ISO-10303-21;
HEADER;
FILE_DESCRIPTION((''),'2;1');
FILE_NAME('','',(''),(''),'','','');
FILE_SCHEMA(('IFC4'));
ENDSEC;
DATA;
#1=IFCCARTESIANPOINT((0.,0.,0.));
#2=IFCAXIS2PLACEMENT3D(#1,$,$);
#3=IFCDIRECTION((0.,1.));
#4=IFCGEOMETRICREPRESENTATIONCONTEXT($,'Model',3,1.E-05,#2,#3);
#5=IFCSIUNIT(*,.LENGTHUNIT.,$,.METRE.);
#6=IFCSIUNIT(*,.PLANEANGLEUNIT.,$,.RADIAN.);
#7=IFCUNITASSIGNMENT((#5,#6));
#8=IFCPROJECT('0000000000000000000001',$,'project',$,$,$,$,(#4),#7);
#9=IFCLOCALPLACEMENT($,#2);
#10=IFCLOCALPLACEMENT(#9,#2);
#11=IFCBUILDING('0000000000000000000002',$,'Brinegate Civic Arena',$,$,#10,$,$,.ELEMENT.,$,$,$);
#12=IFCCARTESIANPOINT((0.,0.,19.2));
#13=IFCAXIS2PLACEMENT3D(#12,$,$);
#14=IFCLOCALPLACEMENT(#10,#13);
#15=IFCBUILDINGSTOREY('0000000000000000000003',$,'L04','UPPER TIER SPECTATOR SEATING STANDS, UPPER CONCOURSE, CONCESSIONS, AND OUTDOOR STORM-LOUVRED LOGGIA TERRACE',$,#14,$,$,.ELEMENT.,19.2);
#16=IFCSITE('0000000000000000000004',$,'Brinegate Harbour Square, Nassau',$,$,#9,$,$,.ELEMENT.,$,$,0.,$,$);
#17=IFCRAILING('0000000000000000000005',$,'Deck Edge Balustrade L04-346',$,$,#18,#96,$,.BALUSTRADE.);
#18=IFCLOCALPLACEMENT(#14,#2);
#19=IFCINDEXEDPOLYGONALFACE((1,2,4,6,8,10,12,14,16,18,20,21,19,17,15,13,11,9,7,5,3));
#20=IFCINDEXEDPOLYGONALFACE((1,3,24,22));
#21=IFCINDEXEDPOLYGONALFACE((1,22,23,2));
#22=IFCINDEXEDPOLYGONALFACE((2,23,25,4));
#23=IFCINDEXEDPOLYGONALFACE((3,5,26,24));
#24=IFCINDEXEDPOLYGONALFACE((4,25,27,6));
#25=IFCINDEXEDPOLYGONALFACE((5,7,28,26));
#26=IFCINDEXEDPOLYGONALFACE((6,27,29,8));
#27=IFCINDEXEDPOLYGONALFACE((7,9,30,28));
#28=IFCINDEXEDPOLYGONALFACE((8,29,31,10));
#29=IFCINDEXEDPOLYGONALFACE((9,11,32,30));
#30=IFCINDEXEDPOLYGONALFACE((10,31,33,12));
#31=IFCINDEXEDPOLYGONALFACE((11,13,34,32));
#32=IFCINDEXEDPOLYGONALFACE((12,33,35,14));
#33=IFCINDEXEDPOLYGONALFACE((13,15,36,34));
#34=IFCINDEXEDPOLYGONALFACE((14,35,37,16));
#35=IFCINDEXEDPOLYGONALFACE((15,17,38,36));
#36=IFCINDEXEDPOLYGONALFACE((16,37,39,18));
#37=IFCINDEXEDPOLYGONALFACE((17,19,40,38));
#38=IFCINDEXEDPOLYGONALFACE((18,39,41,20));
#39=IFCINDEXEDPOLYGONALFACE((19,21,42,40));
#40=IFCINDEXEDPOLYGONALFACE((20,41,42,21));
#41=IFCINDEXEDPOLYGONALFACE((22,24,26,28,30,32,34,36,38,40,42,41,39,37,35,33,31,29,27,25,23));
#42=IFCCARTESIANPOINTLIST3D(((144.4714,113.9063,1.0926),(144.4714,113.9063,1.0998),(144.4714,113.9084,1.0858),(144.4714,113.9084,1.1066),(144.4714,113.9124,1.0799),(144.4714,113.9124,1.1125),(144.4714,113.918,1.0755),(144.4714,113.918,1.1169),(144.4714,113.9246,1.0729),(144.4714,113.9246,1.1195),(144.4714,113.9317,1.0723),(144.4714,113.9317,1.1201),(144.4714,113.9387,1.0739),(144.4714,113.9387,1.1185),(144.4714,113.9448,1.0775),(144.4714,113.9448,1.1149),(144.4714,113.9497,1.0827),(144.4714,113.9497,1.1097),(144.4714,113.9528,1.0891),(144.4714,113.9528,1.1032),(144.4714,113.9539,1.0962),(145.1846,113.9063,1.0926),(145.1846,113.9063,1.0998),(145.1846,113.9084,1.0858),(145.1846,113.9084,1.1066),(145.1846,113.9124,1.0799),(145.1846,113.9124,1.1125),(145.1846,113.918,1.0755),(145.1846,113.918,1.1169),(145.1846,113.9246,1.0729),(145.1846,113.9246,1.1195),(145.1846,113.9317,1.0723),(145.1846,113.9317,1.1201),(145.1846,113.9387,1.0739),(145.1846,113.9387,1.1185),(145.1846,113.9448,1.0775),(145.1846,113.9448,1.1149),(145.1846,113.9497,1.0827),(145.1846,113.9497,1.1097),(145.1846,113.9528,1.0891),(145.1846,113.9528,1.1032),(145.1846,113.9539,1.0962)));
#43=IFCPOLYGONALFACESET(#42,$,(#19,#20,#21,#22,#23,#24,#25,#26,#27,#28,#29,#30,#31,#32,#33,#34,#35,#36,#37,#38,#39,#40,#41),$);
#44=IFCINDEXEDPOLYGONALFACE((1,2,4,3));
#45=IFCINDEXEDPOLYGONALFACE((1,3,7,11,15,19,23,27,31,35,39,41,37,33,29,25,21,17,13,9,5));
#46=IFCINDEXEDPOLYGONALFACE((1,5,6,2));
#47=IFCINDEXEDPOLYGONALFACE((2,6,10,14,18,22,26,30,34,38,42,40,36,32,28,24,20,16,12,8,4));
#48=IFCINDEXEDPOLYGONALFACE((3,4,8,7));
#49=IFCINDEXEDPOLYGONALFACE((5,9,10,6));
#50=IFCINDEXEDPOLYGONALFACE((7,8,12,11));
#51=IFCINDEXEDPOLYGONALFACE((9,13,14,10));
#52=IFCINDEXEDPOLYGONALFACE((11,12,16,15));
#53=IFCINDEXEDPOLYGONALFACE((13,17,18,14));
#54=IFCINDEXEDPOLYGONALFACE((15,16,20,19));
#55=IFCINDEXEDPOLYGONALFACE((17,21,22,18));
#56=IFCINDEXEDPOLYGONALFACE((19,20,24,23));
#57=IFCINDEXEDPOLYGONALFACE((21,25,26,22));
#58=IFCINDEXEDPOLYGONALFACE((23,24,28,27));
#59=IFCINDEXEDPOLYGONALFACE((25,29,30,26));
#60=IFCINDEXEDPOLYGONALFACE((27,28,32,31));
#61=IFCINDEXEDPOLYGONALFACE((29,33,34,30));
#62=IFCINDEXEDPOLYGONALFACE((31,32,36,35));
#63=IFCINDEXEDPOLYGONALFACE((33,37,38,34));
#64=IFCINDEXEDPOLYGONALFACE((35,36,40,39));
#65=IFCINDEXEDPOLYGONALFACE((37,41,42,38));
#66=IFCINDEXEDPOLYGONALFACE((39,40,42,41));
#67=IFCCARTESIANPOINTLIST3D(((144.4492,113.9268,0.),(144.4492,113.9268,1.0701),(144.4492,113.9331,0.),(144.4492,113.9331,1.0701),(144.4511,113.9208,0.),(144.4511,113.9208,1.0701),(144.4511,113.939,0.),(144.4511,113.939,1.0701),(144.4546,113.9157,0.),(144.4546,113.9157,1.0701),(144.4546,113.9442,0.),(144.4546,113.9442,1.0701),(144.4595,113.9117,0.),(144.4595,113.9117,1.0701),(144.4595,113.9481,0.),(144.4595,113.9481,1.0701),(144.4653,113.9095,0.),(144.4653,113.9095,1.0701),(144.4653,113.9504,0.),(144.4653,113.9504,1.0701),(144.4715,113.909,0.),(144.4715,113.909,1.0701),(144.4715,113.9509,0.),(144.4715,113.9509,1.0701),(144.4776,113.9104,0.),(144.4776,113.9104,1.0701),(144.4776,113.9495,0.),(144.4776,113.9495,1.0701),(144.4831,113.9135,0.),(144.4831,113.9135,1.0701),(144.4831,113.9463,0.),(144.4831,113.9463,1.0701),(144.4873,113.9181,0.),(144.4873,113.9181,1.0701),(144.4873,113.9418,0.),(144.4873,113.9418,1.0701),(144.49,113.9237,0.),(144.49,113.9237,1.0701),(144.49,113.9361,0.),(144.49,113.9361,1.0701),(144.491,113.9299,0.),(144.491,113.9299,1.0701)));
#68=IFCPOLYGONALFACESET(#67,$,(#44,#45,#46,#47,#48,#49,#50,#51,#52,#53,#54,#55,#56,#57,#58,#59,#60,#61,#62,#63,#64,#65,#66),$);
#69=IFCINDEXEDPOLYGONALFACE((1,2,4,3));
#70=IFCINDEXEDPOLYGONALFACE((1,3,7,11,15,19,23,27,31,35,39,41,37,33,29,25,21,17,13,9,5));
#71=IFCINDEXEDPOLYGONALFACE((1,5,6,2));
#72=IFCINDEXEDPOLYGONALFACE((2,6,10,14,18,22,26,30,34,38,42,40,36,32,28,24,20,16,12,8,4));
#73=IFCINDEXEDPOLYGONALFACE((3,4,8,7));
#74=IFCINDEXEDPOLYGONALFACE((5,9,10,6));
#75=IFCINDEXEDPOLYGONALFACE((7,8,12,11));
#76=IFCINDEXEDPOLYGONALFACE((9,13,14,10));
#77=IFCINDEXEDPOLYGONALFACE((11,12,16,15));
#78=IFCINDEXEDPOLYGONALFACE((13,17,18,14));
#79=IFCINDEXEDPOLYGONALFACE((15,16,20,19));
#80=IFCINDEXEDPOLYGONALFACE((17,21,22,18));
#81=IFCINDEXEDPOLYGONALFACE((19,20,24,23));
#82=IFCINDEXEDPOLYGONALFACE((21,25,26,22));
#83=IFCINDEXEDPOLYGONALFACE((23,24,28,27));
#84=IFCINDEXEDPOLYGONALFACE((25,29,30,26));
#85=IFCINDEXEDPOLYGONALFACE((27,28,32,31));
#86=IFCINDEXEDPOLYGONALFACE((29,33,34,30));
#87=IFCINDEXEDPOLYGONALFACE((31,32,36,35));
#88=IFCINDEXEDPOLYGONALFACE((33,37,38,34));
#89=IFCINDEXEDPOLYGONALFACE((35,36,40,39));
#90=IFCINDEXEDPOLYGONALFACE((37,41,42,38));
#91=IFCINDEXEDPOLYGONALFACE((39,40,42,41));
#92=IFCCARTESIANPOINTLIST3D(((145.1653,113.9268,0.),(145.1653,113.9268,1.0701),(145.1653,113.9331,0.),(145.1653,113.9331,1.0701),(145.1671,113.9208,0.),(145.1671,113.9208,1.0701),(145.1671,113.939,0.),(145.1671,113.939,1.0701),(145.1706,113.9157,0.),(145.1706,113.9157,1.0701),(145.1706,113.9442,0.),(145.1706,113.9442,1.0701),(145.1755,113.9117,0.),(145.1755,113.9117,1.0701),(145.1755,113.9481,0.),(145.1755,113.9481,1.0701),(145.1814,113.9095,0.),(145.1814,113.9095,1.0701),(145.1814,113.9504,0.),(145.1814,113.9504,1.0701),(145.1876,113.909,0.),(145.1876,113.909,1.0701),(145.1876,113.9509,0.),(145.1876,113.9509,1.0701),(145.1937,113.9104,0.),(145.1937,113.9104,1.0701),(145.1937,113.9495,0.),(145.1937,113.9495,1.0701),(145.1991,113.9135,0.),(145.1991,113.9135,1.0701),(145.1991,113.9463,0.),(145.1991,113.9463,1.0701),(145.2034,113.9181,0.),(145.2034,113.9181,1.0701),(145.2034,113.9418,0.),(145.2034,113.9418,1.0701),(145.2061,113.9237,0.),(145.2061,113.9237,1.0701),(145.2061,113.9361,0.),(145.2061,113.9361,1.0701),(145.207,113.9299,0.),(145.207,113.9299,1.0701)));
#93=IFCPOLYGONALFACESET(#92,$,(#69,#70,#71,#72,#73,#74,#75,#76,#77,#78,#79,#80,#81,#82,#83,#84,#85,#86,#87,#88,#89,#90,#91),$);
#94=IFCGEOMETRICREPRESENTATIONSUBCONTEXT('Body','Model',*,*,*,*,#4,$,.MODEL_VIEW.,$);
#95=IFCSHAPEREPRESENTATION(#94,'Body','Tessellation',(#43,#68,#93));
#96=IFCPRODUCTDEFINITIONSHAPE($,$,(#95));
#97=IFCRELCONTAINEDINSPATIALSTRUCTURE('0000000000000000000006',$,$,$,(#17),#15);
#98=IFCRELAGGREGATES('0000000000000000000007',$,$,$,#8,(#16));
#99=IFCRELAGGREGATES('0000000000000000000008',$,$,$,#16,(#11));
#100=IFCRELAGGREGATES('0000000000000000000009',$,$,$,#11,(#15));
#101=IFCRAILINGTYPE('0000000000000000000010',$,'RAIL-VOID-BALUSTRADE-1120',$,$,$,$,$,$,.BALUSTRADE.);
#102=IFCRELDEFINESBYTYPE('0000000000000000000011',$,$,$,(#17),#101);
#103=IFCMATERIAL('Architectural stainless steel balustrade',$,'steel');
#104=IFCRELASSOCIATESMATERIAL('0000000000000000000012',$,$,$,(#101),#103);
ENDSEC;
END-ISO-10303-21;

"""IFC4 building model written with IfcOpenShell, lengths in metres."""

from ifc_helpers import new_model, si_unit, direction, frame, origin, origin_2d, place, context, subcontext, project, spatial, circle, extrude, material, type_object, element, save


model = new_model("IFC4")

# Units and contexts
model_context = context("Model", 3, precision=1e-05, world=origin(), true_north=direction((0.0, 1.0)))
body_context = subcontext(model_context, "Body", "Model", "MODEL_VIEW")
ifc_project = project(units=[si_unit("LENGTHUNIT", "METRE"), si_unit("PLANEANGLEUNIT", "RADIAN")], contexts=[model_context])

# Site, building, storey
site_placement = place(None, origin())
site = spatial("IfcSite", under=ifc_project, at=site_placement, Name="Brinegate Harbour Square, Nassau", CompositionType="ELEMENT", RefElevation=0.0)
building_placement = place(site_placement, origin())
building = spatial("IfcBuilding", under=site, at=building_placement, Name="Brinegate Civic Arena", CompositionType="ELEMENT")
storey_placement = place(building_placement, frame((0.0, 0.0, 19.2)))
storey = spatial("IfcBuildingStorey", under=building, at=storey_placement, Name="L04", Description="UPPER TIER SPECTATOR SEATING STANDS, UPPER CONCOURSE, CONCESSIONS, AND OUTDOOR STORM-LOUVRED LOGGIA TERRACE", CompositionType="ELEMENT", Elevation=19.2)

# Railing
ifc_material_1 = material(Name="Architectural stainless steel balustrade", Category="steel")
railing_type_1 = type_object("IfcRailingType", Name="RAIL-VOID-BALUSTRADE-1120", PredefinedType="BALUSTRADE", material=ifc_material_1)
railing_1_placement = place(storey_placement, frame((144.47, 113.9299, 0.0)))
element("IfcRailing", 1, at=railing_1_placement, inside=storey, type_object=railing_type_1, Name="Deck Edge Balustrade L04-346", PredefinedType="BALUSTRADE", context=body_context, shape_type="SweptSolid", body=[
    extrude(circle(Radius=0.0239, at=origin_2d()), frame((0.0015, 0.0, 1.0962), z_axis=(1.0, 0.0, 0.0), x_axis=(0.0, 1.0, 0.0)), (0.0, 0.0, 1.0), 0.7131),
    extrude(circle(Radius=0.021, at=origin_2d()), origin(), (0.0, 0.0, 1.0), 1.0701),
    extrude(circle(Radius=0.021, at=origin_2d()), frame((0.7161, 0.0, 0.0)), (0.0, 0.0, 1.0), 1.0701),
])

save(model, "model.ifc")
